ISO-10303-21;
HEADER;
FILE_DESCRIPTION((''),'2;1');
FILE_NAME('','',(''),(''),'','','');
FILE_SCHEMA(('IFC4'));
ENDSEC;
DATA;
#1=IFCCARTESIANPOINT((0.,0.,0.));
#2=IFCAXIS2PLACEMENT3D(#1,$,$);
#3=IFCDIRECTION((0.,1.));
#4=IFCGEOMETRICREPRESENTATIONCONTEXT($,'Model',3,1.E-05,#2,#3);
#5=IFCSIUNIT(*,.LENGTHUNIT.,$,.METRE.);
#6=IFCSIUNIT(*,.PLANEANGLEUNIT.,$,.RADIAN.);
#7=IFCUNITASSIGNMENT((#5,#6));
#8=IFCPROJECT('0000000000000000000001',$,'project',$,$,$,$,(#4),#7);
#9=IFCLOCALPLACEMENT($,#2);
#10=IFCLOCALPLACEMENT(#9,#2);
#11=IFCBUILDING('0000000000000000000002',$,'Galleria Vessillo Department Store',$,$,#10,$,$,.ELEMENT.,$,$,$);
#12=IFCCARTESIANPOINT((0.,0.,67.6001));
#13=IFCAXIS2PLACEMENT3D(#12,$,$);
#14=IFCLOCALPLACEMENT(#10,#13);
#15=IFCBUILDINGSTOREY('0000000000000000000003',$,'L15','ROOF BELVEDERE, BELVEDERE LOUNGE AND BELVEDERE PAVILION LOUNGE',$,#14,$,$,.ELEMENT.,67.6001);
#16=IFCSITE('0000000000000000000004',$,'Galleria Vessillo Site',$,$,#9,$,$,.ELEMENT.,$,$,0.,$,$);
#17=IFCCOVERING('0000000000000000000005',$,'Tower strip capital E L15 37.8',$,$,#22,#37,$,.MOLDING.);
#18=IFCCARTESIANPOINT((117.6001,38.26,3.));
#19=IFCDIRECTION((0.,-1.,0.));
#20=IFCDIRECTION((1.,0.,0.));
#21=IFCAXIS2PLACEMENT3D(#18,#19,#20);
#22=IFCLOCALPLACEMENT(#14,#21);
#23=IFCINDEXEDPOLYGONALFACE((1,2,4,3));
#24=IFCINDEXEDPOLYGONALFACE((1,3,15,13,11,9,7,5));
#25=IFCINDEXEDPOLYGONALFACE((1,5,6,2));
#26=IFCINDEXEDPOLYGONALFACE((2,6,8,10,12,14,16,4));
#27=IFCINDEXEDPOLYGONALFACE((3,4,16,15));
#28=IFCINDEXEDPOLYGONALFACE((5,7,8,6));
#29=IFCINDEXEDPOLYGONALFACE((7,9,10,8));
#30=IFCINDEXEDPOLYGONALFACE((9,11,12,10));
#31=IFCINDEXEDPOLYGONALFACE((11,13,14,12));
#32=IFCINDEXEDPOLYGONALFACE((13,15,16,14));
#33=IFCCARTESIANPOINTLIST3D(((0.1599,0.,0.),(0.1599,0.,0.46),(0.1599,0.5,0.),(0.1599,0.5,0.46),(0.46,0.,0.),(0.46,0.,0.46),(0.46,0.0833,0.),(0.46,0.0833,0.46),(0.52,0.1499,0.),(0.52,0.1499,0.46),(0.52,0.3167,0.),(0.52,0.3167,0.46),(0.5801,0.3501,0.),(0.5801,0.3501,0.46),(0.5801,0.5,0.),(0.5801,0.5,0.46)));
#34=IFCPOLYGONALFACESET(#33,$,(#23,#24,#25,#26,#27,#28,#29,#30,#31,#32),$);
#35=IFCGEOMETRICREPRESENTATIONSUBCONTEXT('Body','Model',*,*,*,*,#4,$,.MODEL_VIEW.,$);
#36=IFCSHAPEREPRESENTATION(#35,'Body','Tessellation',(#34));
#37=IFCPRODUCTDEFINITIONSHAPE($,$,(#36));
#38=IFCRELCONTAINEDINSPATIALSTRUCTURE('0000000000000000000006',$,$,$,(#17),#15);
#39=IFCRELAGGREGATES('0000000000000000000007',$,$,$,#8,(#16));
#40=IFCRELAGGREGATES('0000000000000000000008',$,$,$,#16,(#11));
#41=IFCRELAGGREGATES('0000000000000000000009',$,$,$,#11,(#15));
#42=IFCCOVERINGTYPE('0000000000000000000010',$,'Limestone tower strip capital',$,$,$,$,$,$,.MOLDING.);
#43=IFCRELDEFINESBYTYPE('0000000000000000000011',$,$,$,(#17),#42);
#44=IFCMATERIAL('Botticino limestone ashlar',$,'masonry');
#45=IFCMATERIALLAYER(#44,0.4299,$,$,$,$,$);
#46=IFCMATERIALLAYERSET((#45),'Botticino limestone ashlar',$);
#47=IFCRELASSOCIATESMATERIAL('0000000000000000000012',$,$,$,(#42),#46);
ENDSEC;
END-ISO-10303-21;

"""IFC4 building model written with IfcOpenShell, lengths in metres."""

from ifc_helpers import new_model, si_unit, direction, frame, origin, place, context, subcontext, project, spatial, polyline, outline, extrude, material, layer, layer_set, type_object, element, save


model = new_model("IFC4")

# Units and contexts
model_context = context("Model", 3, precision=1e-05, world=origin(), true_north=direction((0.0, 1.0)))
body_context = subcontext(model_context, "Body", "Model", "MODEL_VIEW")
ifc_project = project(units=[si_unit("LENGTHUNIT", "METRE"), si_unit("PLANEANGLEUNIT", "RADIAN")], contexts=[model_context])

# Site, building, storey
site_placement = place(None, origin())
site = spatial("IfcSite", under=ifc_project, at=site_placement, Name="Galleria Vessillo Site", CompositionType="ELEMENT", RefElevation=0.0)
building_placement = place(site_placement, origin())
building = spatial("IfcBuilding", under=site, at=building_placement, Name="Galleria Vessillo Department Store", CompositionType="ELEMENT")
storey_placement = place(building_placement, frame((0.0, 0.0, 67.6001)))
storey = spatial("IfcBuildingStorey", under=building, at=storey_placement, Name="L15", Description="ROOF BELVEDERE, BELVEDERE LOUNGE AND BELVEDERE PAVILION LOUNGE", CompositionType="ELEMENT", Elevation=67.6001)

# Covering
ifc_material_1 = material(Name="Botticino limestone ashlar", Category="masonry")
ifc_layer_1 = layer(ifc_material_1, 0.4299)
ifc_layer_set_1 = layer_set([ifc_layer_1], Name="Botticino limestone ashlar")
covering_type_1 = type_object("IfcCoveringType", Name="Limestone tower strip capital", PredefinedType="MOLDING", material=ifc_layer_set_1)
covering_1_placement = place(storey_placement, frame((117.6001, 38.26, 3.0), z_axis=(0.0, -1.0, 0.0), x_axis=(1.0, 0.0, 0.0)))
element("IfcCovering", 1, at=covering_1_placement, inside=storey, type_object=covering_type_1, Name="Tower strip capital E L15 37.8", PredefinedType="MOLDING", context=body_context, shape_type="SweptSolid", body=[
    extrude(outline(polyline([(0.1599, 0.0), (0.46, 0.0), (0.46, 0.0833), (0.52, 0.1499), (0.52, 0.3167), (0.5801, 0.3501), (0.5801, 0.5), (0.1599, 0.5), (0.1599, 0.0)])), origin(), (0.0, 0.0, 1.0), 0.46),
])

save(model, "model.ifc")
